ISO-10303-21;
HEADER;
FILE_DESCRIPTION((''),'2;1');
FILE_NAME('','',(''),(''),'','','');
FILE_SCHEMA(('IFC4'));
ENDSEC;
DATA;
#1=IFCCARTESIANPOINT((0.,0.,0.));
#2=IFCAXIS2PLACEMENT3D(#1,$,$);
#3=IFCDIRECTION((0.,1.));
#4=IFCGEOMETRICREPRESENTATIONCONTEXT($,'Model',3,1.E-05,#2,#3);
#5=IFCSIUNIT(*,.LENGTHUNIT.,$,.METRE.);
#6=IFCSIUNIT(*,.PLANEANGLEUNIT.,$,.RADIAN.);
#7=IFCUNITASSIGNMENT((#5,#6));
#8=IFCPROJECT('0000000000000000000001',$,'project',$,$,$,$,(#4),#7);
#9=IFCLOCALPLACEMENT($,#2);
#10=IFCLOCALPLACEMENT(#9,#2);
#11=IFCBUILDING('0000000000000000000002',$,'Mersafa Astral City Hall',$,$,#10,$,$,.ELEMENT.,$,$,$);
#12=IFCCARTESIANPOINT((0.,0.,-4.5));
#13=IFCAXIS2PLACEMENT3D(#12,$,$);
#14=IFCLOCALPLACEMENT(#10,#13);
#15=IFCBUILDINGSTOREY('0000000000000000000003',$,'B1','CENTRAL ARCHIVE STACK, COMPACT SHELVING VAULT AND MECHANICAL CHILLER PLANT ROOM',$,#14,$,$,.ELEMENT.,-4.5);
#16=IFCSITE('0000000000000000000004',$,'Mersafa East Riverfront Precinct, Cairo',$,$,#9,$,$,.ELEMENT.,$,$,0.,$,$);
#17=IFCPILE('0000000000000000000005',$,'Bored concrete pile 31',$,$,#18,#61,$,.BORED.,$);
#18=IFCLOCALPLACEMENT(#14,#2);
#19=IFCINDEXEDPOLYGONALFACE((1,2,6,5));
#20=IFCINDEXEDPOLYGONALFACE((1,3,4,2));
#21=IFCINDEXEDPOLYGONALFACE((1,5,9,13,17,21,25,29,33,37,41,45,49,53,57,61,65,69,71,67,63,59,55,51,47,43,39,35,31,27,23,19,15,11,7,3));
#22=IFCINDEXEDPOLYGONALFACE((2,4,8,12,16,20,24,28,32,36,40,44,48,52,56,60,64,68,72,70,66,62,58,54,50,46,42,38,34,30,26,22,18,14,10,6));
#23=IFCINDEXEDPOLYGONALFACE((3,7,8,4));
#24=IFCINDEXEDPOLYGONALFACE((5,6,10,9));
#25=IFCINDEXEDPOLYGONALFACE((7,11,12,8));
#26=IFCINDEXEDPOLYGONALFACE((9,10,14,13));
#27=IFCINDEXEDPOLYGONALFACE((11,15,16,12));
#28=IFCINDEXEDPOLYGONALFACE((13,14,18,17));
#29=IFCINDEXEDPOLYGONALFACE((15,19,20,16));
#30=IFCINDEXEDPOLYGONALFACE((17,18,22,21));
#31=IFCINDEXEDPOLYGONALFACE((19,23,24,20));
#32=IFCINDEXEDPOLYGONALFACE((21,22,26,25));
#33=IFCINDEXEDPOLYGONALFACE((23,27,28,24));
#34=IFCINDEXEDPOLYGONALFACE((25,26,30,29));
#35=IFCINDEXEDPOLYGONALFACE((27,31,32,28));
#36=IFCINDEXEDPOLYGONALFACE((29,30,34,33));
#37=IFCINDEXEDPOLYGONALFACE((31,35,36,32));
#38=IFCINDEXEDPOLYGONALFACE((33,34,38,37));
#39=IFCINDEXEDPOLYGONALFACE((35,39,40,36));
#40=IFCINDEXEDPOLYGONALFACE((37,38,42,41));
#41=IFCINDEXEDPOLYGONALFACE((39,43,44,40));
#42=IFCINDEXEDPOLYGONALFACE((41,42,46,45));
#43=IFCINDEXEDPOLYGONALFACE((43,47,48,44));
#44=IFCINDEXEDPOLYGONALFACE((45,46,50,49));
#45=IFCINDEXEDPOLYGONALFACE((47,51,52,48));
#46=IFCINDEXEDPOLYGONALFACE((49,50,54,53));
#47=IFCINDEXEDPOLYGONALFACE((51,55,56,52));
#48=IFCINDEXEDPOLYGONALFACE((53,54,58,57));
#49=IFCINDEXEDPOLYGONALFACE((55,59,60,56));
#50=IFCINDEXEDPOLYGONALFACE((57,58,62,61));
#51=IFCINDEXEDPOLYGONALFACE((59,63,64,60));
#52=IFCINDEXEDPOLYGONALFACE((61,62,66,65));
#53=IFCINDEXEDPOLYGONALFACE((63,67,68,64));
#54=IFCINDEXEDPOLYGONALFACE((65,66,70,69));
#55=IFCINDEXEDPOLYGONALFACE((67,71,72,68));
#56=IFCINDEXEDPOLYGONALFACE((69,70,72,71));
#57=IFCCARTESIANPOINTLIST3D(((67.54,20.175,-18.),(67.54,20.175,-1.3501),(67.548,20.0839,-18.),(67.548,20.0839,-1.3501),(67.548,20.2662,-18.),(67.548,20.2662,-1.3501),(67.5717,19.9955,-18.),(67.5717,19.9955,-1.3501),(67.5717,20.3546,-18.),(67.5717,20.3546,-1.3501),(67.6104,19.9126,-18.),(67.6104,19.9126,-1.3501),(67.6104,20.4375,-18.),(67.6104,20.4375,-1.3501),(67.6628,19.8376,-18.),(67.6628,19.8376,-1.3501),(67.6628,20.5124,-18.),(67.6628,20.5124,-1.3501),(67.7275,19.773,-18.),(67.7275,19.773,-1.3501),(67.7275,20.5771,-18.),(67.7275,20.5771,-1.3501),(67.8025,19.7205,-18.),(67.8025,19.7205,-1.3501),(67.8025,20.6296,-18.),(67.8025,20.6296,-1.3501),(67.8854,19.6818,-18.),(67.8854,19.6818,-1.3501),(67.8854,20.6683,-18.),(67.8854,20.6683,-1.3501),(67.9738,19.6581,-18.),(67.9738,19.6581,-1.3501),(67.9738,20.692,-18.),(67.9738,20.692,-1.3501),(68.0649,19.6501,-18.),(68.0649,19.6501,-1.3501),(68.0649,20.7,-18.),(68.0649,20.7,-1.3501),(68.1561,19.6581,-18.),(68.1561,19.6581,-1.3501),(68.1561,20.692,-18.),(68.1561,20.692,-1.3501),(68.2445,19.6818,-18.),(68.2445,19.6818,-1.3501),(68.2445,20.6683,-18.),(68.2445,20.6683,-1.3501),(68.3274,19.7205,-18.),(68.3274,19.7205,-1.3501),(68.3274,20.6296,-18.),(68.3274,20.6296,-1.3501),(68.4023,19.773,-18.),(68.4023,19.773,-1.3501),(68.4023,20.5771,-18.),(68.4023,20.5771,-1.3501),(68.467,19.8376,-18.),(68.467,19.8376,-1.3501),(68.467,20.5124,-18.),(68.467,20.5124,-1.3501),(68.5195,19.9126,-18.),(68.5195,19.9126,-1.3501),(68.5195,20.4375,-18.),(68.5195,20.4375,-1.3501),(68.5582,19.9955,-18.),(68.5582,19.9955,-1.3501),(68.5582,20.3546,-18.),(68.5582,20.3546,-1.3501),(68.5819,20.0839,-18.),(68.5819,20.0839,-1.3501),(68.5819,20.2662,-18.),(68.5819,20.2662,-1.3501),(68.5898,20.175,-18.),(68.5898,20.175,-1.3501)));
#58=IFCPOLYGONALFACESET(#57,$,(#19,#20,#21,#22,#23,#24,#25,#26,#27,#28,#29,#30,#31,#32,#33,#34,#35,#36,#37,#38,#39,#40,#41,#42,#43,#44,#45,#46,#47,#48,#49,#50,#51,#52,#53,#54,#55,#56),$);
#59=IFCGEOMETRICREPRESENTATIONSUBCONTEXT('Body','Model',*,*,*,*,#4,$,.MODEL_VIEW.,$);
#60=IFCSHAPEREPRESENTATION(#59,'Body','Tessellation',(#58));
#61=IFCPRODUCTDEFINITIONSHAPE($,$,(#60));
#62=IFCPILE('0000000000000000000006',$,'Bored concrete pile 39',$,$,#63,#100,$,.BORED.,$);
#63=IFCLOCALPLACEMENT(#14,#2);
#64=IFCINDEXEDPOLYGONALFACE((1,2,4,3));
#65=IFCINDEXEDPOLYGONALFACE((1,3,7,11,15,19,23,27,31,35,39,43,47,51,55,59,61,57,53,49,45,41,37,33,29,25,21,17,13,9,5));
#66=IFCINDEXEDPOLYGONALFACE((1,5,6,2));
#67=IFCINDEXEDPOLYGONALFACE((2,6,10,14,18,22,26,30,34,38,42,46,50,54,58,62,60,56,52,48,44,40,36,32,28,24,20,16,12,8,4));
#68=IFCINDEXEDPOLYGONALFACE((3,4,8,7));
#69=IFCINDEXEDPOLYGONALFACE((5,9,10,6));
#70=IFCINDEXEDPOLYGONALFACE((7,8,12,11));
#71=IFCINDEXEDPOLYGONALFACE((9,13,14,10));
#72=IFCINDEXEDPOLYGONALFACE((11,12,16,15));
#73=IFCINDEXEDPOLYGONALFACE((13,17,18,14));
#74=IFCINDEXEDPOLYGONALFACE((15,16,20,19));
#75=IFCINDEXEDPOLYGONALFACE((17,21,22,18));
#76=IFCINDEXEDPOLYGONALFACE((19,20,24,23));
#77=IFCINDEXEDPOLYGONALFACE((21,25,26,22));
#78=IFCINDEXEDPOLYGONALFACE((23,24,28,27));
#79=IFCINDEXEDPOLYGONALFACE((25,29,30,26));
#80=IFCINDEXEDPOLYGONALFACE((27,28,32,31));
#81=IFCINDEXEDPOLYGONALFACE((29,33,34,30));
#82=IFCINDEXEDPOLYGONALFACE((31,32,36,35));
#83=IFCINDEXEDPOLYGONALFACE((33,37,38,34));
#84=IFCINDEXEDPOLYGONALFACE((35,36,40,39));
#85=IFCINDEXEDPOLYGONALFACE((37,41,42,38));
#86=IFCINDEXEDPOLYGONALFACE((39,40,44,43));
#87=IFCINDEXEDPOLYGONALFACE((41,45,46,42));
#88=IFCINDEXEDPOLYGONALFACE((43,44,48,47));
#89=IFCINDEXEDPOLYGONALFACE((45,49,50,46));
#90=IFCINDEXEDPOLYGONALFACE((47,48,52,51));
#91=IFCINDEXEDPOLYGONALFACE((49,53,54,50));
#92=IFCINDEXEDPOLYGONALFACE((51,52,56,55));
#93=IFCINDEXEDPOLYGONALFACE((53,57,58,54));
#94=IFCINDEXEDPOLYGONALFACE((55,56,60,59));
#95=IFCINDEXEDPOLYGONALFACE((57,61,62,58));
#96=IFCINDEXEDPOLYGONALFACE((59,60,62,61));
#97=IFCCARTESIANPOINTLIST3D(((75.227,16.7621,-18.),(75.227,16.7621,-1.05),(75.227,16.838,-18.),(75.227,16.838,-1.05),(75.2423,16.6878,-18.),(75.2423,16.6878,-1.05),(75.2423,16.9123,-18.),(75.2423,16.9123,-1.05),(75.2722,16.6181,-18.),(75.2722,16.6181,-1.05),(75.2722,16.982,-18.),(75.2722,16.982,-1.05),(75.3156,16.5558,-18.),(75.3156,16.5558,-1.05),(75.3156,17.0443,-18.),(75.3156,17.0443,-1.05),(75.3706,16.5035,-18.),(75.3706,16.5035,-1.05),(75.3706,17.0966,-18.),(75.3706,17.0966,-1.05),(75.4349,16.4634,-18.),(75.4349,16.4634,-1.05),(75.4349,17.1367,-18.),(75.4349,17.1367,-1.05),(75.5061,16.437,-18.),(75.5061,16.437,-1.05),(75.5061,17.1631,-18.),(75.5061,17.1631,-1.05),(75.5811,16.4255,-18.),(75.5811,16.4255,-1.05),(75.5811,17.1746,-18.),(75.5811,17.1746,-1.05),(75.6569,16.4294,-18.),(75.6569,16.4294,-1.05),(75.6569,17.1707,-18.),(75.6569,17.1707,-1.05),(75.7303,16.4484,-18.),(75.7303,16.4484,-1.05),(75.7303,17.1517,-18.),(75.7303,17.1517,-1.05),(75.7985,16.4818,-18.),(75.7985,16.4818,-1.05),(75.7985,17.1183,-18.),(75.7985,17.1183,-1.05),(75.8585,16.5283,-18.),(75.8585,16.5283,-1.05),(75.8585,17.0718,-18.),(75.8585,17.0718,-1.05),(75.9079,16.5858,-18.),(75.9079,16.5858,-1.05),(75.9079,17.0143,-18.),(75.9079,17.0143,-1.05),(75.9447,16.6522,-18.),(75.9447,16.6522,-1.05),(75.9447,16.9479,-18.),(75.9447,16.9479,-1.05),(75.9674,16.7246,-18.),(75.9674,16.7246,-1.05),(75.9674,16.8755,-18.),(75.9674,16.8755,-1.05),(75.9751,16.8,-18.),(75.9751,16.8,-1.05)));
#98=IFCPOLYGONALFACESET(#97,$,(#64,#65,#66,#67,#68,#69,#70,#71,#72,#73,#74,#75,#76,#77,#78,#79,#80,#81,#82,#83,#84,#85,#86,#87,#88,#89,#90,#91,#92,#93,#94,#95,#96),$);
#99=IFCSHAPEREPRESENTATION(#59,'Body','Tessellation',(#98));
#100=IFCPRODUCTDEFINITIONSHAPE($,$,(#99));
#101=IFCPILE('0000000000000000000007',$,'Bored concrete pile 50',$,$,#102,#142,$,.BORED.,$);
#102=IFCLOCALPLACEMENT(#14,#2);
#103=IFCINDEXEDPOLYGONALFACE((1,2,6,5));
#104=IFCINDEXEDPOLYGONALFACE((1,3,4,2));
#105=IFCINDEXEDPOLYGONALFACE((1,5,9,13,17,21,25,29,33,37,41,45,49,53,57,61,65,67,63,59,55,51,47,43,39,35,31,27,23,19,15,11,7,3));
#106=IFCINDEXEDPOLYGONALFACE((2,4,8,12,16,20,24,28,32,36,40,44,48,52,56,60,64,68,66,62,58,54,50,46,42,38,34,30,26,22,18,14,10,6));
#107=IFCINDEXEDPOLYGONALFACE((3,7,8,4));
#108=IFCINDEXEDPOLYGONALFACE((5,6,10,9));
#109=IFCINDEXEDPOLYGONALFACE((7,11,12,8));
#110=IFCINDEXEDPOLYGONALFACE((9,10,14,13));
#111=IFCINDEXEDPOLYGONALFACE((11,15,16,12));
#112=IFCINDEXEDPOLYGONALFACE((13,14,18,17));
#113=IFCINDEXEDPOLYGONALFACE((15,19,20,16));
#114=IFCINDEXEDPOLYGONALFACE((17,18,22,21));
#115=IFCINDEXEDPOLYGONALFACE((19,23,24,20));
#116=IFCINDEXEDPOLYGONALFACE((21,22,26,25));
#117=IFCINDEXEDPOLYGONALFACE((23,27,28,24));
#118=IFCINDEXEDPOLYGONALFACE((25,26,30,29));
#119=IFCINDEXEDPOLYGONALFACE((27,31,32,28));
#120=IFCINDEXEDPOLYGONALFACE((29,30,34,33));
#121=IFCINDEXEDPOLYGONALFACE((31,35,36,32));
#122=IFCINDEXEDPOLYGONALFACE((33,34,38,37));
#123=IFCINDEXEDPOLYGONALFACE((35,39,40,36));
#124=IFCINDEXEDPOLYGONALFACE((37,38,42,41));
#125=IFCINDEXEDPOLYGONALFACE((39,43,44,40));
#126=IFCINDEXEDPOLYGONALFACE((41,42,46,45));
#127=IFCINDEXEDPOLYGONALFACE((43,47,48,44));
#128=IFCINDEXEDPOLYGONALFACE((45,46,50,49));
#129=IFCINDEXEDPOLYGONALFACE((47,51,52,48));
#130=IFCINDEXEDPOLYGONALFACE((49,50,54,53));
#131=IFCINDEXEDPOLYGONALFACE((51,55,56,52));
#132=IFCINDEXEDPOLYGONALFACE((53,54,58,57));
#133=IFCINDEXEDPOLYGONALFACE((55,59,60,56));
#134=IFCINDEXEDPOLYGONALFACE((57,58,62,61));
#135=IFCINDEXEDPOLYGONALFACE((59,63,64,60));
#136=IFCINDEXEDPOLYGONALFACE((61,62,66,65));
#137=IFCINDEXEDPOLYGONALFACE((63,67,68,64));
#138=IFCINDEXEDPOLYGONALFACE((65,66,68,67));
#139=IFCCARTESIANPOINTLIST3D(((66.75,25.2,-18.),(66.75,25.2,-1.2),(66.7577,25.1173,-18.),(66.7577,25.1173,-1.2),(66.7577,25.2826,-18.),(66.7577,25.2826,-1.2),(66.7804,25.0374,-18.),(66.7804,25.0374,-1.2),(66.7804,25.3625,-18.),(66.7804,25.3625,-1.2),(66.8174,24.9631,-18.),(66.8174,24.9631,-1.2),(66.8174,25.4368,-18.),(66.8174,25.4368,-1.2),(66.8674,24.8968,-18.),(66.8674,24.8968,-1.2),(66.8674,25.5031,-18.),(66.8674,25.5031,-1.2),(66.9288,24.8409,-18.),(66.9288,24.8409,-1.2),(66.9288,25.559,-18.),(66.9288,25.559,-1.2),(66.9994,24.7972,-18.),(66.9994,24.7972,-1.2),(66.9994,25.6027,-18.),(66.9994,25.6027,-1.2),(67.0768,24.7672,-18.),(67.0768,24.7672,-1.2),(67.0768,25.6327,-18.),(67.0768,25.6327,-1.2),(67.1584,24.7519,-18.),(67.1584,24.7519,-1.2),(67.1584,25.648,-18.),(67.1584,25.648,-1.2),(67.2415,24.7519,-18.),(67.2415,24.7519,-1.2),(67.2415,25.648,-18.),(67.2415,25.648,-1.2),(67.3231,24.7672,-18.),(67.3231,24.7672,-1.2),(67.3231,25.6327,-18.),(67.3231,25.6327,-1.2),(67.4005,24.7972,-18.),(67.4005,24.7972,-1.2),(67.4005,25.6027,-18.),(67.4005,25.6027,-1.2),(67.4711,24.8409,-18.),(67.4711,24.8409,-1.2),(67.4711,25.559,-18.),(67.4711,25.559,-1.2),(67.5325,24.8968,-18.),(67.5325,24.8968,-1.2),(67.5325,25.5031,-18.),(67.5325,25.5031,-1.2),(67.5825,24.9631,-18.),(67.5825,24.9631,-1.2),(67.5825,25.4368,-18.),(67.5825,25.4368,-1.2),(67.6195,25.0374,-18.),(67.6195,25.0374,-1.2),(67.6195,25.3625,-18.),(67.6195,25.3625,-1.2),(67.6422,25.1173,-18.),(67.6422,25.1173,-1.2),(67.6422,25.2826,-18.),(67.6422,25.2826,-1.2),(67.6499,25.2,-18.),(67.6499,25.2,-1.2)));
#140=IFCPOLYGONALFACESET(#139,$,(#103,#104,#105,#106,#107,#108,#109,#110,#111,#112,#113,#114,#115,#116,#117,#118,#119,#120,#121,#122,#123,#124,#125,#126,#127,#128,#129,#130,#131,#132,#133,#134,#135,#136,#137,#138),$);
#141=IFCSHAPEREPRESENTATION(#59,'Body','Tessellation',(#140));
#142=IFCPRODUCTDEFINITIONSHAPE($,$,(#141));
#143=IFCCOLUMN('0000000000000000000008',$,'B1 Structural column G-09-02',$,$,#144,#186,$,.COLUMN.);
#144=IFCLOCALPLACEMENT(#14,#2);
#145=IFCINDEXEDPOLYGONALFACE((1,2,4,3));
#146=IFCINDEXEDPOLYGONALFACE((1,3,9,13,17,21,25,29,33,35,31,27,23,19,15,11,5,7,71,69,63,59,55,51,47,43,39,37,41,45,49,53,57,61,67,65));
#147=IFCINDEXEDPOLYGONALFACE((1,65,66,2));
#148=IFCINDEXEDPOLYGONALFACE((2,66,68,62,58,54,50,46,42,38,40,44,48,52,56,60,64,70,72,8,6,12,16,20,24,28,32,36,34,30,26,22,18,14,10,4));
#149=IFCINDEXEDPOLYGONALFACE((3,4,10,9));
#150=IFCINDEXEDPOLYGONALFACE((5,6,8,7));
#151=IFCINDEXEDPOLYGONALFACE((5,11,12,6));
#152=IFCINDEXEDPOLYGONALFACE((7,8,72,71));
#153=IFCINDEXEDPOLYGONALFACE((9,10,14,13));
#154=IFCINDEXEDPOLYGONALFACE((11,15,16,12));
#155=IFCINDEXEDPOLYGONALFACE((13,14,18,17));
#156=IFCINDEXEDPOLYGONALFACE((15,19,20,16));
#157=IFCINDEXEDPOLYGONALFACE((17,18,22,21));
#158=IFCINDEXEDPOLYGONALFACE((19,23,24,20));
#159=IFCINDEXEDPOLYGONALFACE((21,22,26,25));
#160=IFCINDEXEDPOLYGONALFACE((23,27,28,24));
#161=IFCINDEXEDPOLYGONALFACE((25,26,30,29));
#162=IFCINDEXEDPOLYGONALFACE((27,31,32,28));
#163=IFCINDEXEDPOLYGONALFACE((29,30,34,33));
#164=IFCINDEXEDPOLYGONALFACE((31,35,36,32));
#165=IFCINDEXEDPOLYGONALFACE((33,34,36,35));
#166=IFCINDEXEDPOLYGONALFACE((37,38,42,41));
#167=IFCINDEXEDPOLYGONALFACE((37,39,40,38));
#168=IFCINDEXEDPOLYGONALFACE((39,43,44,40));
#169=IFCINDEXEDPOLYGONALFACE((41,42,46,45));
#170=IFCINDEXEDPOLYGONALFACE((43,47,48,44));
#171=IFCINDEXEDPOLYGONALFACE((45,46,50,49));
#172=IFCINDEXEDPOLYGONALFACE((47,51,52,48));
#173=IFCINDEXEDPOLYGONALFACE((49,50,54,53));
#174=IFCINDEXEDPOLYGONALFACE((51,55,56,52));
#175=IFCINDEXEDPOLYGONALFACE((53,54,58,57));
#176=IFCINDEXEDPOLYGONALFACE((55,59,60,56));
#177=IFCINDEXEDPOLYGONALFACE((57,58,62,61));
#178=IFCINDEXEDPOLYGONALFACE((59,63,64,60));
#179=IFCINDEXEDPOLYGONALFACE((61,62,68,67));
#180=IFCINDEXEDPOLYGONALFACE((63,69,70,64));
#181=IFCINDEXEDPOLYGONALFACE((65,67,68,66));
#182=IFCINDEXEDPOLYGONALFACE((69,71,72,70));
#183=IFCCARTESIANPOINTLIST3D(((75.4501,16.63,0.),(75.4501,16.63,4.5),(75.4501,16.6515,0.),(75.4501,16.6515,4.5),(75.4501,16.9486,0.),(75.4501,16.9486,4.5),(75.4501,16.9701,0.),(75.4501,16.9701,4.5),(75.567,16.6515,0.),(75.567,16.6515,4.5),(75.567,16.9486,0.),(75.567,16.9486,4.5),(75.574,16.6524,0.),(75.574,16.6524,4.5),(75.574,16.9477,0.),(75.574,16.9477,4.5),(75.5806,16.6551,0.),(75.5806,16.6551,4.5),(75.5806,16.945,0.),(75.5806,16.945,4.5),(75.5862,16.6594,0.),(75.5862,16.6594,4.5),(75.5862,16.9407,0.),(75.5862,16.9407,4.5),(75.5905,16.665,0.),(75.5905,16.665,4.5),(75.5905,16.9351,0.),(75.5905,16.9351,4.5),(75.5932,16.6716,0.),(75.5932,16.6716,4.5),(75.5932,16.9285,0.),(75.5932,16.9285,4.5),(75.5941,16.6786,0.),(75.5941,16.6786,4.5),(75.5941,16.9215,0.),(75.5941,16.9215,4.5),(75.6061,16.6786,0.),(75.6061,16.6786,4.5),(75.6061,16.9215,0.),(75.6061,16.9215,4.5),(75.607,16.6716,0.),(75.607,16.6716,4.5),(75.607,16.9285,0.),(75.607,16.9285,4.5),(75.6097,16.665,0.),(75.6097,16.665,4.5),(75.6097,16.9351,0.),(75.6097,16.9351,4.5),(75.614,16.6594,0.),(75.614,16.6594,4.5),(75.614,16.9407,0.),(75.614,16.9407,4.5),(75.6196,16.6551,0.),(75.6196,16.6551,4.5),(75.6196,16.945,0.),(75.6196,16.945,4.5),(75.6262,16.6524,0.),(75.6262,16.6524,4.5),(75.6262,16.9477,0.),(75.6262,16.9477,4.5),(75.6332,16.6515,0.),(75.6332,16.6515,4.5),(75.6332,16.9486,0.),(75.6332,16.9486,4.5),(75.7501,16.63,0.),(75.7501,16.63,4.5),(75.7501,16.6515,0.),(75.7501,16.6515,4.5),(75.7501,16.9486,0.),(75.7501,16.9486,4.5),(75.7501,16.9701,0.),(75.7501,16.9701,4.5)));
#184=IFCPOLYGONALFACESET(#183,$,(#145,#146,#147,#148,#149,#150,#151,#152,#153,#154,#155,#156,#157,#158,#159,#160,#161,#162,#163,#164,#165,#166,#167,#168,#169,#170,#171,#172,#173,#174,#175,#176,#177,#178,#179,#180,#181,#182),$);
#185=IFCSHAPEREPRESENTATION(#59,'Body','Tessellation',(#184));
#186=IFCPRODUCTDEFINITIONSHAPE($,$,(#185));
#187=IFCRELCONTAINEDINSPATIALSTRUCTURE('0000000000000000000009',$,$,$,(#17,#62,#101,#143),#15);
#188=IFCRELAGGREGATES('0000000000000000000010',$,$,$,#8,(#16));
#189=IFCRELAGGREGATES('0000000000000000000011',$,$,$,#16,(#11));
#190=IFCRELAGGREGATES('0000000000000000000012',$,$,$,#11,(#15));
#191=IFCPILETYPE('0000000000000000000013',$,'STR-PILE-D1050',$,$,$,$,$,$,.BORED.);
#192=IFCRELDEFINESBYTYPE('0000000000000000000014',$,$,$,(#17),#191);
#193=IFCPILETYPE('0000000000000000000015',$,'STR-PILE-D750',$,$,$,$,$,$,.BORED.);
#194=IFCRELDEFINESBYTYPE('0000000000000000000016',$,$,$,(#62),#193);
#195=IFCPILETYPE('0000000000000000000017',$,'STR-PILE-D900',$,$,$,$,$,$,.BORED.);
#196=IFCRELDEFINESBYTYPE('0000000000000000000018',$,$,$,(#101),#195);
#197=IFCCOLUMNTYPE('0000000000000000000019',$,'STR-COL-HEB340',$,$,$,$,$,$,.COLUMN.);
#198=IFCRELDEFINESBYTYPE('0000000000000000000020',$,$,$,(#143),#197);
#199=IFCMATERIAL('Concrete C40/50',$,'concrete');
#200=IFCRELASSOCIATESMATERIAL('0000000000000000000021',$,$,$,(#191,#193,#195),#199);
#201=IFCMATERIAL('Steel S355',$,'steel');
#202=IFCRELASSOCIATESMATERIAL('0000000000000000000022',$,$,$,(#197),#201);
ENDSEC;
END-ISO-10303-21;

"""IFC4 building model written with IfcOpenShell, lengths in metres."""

from ifc_helpers import new_model, si_unit, direction, frame, origin, origin_2d, place, context, subcontext, project, spatial, circle, i_section, extrude, material, material_profile, profile_set, type_object, element, save


model = new_model("IFC4")

# Units and contexts
model_context = context("Model", 3, precision=1e-05, world=origin(), true_north=direction((0.0, 1.0)))
body_context = subcontext(model_context, "Body", "Model", "MODEL_VIEW")
ifc_project = project(units=[si_unit("LENGTHUNIT", "METRE"), si_unit("PLANEANGLEUNIT", "RADIAN")], contexts=[model_context])

# Site, building, storey
site_placement = place(None, origin())
site = spatial("IfcSite", under=ifc_project, at=site_placement, Name="Mersafa East Riverfront Precinct, Cairo", CompositionType="ELEMENT", RefElevation=0.0)
building_placement = place(site_placement, origin())
building = spatial("IfcBuilding", under=site, at=building_placement, Name="Mersafa Astral City Hall", CompositionType="ELEMENT")
storey_placement = place(building_placement, frame((0.0, 0.0, -4.5)))
storey = spatial("IfcBuildingStorey", under=building, at=storey_placement, Name="B1", Description="CENTRAL ARCHIVE STACK, COMPACT SHELVING VAULT AND MECHANICAL CHILLER PLANT ROOM", CompositionType="ELEMENT", Elevation=-4.5)

# Shared definitions
ifc_material_1 = material(Name="Concrete C40/50", Category="concrete")

# Piles
ifc_material_profile_1 = material_profile(ifc_material_1, circle(Radius=0.5249, at=origin_2d()), Name="PILE D1050")
ifc_profile_set_1 = profile_set([ifc_material_profile_1], Name="Concrete C40/50")
pile_type_1 = type_object("IfcPileType", Name="STR-PILE-D1050", PredefinedType="BORED", material=ifc_profile_set_1)
for number, where, z_axis, x_axis, name in (
    (1, (68.0649, 20.175, -1.3501), (0.0, 0.0, -1.0), (1.0, 0.0, 0.0), "Bored concrete pile 31"),
):
    element("IfcPile", number, at=place(storey_placement, frame(where, z_axis=z_axis, x_axis=x_axis)), inside=storey, type_object=pile_type_1, Name=name, PredefinedType="BORED", context=body_context, shape_type="SweptSolid", body=[
        extrude(circle(Radius=0.5249, at=origin_2d()), origin(), (0.0, 0.0, 1.0), 16.6499),
    ])
ifc_material_profile_2 = material_profile(ifc_material_1, circle(Radius=0.375, at=origin_2d()), Name="PILE D750")
ifc_profile_set_2 = profile_set([ifc_material_profile_2], Name="Concrete C40/50")
pile_type_2 = type_object("IfcPileType", Name="STR-PILE-D750", PredefinedType="BORED", material=ifc_profile_set_2)
pile_1_placement = place(storey_placement, frame((75.6001, 16.8, -1.05), z_axis=(0.0, 0.0, -1.0), x_axis=(1.0, 0.0, 0.0)))
element("IfcPile", 2, at=pile_1_placement, inside=storey, type_object=pile_type_2, Name="Bored concrete pile 39", PredefinedType="BORED", context=body_context, shape_type="SweptSolid", body=[
    extrude(circle(Radius=0.375, at=origin_2d()), origin(), (0.0, 0.0, 1.0), 16.95),
])
ifc_material_profile_3 = material_profile(ifc_material_1, circle(Radius=0.45, at=origin_2d()), Name="PILE D900")
ifc_profile_set_3 = profile_set([ifc_material_profile_3], Name="Concrete C40/50")
pile_type_3 = type_object("IfcPileType", Name="STR-PILE-D900", PredefinedType="BORED", material=ifc_profile_set_3)
pile_2_placement = place(storey_placement, frame((67.2, 25.2, -1.2), z_axis=(0.0, 0.0, -1.0), x_axis=(1.0, 0.0, 0.0)))
element("IfcPile", 3, at=pile_2_placement, inside=storey, type_object=pile_type_3, Name="Bored concrete pile 50", PredefinedType="BORED", context=body_context, shape_type="SweptSolid", body=[
    extrude(circle(Radius=0.45, at=origin_2d()), origin(), (0.0, 0.0, 1.0), 16.8),
])

# Column
ifc_material_2 = material(Name="Steel S355", Category="steel")
ifc_material_profile_4 = material_profile(ifc_material_2, i_section(OverallWidth=0.3, OverallDepth=0.3401, WebThickness=0.012, FlangeThickness=0.0215, FilletRadius=0.0271, at=origin_2d()), Name="HEB 340")
ifc_profile_set_4 = profile_set([ifc_material_profile_4], Name="Steel S355")
column_type_1 = type_object("IfcColumnType", Name="STR-COL-HEB340", PredefinedType="COLUMN", material=ifc_profile_set_4)
column_1_placement = place(storey_placement, frame((75.6001, 16.8, 0.0), z_axis=(0.0, 0.0, 1.0), x_axis=(1.0, 0.0, 0.0)))
element("IfcColumn", 4, at=column_1_placement, inside=storey, type_object=column_type_1, Name="B1 Structural column G-09-02", PredefinedType="COLUMN", context=body_context, shape_type="SweptSolid", body=[
    extrude(i_section(OverallWidth=0.3, OverallDepth=0.3401, WebThickness=0.012, FlangeThickness=0.0215, FilletRadius=0.0271, at=origin_2d()), origin(), (0.0, 0.0, 1.0), 4.5),
])

save(model, "model.ifc")
